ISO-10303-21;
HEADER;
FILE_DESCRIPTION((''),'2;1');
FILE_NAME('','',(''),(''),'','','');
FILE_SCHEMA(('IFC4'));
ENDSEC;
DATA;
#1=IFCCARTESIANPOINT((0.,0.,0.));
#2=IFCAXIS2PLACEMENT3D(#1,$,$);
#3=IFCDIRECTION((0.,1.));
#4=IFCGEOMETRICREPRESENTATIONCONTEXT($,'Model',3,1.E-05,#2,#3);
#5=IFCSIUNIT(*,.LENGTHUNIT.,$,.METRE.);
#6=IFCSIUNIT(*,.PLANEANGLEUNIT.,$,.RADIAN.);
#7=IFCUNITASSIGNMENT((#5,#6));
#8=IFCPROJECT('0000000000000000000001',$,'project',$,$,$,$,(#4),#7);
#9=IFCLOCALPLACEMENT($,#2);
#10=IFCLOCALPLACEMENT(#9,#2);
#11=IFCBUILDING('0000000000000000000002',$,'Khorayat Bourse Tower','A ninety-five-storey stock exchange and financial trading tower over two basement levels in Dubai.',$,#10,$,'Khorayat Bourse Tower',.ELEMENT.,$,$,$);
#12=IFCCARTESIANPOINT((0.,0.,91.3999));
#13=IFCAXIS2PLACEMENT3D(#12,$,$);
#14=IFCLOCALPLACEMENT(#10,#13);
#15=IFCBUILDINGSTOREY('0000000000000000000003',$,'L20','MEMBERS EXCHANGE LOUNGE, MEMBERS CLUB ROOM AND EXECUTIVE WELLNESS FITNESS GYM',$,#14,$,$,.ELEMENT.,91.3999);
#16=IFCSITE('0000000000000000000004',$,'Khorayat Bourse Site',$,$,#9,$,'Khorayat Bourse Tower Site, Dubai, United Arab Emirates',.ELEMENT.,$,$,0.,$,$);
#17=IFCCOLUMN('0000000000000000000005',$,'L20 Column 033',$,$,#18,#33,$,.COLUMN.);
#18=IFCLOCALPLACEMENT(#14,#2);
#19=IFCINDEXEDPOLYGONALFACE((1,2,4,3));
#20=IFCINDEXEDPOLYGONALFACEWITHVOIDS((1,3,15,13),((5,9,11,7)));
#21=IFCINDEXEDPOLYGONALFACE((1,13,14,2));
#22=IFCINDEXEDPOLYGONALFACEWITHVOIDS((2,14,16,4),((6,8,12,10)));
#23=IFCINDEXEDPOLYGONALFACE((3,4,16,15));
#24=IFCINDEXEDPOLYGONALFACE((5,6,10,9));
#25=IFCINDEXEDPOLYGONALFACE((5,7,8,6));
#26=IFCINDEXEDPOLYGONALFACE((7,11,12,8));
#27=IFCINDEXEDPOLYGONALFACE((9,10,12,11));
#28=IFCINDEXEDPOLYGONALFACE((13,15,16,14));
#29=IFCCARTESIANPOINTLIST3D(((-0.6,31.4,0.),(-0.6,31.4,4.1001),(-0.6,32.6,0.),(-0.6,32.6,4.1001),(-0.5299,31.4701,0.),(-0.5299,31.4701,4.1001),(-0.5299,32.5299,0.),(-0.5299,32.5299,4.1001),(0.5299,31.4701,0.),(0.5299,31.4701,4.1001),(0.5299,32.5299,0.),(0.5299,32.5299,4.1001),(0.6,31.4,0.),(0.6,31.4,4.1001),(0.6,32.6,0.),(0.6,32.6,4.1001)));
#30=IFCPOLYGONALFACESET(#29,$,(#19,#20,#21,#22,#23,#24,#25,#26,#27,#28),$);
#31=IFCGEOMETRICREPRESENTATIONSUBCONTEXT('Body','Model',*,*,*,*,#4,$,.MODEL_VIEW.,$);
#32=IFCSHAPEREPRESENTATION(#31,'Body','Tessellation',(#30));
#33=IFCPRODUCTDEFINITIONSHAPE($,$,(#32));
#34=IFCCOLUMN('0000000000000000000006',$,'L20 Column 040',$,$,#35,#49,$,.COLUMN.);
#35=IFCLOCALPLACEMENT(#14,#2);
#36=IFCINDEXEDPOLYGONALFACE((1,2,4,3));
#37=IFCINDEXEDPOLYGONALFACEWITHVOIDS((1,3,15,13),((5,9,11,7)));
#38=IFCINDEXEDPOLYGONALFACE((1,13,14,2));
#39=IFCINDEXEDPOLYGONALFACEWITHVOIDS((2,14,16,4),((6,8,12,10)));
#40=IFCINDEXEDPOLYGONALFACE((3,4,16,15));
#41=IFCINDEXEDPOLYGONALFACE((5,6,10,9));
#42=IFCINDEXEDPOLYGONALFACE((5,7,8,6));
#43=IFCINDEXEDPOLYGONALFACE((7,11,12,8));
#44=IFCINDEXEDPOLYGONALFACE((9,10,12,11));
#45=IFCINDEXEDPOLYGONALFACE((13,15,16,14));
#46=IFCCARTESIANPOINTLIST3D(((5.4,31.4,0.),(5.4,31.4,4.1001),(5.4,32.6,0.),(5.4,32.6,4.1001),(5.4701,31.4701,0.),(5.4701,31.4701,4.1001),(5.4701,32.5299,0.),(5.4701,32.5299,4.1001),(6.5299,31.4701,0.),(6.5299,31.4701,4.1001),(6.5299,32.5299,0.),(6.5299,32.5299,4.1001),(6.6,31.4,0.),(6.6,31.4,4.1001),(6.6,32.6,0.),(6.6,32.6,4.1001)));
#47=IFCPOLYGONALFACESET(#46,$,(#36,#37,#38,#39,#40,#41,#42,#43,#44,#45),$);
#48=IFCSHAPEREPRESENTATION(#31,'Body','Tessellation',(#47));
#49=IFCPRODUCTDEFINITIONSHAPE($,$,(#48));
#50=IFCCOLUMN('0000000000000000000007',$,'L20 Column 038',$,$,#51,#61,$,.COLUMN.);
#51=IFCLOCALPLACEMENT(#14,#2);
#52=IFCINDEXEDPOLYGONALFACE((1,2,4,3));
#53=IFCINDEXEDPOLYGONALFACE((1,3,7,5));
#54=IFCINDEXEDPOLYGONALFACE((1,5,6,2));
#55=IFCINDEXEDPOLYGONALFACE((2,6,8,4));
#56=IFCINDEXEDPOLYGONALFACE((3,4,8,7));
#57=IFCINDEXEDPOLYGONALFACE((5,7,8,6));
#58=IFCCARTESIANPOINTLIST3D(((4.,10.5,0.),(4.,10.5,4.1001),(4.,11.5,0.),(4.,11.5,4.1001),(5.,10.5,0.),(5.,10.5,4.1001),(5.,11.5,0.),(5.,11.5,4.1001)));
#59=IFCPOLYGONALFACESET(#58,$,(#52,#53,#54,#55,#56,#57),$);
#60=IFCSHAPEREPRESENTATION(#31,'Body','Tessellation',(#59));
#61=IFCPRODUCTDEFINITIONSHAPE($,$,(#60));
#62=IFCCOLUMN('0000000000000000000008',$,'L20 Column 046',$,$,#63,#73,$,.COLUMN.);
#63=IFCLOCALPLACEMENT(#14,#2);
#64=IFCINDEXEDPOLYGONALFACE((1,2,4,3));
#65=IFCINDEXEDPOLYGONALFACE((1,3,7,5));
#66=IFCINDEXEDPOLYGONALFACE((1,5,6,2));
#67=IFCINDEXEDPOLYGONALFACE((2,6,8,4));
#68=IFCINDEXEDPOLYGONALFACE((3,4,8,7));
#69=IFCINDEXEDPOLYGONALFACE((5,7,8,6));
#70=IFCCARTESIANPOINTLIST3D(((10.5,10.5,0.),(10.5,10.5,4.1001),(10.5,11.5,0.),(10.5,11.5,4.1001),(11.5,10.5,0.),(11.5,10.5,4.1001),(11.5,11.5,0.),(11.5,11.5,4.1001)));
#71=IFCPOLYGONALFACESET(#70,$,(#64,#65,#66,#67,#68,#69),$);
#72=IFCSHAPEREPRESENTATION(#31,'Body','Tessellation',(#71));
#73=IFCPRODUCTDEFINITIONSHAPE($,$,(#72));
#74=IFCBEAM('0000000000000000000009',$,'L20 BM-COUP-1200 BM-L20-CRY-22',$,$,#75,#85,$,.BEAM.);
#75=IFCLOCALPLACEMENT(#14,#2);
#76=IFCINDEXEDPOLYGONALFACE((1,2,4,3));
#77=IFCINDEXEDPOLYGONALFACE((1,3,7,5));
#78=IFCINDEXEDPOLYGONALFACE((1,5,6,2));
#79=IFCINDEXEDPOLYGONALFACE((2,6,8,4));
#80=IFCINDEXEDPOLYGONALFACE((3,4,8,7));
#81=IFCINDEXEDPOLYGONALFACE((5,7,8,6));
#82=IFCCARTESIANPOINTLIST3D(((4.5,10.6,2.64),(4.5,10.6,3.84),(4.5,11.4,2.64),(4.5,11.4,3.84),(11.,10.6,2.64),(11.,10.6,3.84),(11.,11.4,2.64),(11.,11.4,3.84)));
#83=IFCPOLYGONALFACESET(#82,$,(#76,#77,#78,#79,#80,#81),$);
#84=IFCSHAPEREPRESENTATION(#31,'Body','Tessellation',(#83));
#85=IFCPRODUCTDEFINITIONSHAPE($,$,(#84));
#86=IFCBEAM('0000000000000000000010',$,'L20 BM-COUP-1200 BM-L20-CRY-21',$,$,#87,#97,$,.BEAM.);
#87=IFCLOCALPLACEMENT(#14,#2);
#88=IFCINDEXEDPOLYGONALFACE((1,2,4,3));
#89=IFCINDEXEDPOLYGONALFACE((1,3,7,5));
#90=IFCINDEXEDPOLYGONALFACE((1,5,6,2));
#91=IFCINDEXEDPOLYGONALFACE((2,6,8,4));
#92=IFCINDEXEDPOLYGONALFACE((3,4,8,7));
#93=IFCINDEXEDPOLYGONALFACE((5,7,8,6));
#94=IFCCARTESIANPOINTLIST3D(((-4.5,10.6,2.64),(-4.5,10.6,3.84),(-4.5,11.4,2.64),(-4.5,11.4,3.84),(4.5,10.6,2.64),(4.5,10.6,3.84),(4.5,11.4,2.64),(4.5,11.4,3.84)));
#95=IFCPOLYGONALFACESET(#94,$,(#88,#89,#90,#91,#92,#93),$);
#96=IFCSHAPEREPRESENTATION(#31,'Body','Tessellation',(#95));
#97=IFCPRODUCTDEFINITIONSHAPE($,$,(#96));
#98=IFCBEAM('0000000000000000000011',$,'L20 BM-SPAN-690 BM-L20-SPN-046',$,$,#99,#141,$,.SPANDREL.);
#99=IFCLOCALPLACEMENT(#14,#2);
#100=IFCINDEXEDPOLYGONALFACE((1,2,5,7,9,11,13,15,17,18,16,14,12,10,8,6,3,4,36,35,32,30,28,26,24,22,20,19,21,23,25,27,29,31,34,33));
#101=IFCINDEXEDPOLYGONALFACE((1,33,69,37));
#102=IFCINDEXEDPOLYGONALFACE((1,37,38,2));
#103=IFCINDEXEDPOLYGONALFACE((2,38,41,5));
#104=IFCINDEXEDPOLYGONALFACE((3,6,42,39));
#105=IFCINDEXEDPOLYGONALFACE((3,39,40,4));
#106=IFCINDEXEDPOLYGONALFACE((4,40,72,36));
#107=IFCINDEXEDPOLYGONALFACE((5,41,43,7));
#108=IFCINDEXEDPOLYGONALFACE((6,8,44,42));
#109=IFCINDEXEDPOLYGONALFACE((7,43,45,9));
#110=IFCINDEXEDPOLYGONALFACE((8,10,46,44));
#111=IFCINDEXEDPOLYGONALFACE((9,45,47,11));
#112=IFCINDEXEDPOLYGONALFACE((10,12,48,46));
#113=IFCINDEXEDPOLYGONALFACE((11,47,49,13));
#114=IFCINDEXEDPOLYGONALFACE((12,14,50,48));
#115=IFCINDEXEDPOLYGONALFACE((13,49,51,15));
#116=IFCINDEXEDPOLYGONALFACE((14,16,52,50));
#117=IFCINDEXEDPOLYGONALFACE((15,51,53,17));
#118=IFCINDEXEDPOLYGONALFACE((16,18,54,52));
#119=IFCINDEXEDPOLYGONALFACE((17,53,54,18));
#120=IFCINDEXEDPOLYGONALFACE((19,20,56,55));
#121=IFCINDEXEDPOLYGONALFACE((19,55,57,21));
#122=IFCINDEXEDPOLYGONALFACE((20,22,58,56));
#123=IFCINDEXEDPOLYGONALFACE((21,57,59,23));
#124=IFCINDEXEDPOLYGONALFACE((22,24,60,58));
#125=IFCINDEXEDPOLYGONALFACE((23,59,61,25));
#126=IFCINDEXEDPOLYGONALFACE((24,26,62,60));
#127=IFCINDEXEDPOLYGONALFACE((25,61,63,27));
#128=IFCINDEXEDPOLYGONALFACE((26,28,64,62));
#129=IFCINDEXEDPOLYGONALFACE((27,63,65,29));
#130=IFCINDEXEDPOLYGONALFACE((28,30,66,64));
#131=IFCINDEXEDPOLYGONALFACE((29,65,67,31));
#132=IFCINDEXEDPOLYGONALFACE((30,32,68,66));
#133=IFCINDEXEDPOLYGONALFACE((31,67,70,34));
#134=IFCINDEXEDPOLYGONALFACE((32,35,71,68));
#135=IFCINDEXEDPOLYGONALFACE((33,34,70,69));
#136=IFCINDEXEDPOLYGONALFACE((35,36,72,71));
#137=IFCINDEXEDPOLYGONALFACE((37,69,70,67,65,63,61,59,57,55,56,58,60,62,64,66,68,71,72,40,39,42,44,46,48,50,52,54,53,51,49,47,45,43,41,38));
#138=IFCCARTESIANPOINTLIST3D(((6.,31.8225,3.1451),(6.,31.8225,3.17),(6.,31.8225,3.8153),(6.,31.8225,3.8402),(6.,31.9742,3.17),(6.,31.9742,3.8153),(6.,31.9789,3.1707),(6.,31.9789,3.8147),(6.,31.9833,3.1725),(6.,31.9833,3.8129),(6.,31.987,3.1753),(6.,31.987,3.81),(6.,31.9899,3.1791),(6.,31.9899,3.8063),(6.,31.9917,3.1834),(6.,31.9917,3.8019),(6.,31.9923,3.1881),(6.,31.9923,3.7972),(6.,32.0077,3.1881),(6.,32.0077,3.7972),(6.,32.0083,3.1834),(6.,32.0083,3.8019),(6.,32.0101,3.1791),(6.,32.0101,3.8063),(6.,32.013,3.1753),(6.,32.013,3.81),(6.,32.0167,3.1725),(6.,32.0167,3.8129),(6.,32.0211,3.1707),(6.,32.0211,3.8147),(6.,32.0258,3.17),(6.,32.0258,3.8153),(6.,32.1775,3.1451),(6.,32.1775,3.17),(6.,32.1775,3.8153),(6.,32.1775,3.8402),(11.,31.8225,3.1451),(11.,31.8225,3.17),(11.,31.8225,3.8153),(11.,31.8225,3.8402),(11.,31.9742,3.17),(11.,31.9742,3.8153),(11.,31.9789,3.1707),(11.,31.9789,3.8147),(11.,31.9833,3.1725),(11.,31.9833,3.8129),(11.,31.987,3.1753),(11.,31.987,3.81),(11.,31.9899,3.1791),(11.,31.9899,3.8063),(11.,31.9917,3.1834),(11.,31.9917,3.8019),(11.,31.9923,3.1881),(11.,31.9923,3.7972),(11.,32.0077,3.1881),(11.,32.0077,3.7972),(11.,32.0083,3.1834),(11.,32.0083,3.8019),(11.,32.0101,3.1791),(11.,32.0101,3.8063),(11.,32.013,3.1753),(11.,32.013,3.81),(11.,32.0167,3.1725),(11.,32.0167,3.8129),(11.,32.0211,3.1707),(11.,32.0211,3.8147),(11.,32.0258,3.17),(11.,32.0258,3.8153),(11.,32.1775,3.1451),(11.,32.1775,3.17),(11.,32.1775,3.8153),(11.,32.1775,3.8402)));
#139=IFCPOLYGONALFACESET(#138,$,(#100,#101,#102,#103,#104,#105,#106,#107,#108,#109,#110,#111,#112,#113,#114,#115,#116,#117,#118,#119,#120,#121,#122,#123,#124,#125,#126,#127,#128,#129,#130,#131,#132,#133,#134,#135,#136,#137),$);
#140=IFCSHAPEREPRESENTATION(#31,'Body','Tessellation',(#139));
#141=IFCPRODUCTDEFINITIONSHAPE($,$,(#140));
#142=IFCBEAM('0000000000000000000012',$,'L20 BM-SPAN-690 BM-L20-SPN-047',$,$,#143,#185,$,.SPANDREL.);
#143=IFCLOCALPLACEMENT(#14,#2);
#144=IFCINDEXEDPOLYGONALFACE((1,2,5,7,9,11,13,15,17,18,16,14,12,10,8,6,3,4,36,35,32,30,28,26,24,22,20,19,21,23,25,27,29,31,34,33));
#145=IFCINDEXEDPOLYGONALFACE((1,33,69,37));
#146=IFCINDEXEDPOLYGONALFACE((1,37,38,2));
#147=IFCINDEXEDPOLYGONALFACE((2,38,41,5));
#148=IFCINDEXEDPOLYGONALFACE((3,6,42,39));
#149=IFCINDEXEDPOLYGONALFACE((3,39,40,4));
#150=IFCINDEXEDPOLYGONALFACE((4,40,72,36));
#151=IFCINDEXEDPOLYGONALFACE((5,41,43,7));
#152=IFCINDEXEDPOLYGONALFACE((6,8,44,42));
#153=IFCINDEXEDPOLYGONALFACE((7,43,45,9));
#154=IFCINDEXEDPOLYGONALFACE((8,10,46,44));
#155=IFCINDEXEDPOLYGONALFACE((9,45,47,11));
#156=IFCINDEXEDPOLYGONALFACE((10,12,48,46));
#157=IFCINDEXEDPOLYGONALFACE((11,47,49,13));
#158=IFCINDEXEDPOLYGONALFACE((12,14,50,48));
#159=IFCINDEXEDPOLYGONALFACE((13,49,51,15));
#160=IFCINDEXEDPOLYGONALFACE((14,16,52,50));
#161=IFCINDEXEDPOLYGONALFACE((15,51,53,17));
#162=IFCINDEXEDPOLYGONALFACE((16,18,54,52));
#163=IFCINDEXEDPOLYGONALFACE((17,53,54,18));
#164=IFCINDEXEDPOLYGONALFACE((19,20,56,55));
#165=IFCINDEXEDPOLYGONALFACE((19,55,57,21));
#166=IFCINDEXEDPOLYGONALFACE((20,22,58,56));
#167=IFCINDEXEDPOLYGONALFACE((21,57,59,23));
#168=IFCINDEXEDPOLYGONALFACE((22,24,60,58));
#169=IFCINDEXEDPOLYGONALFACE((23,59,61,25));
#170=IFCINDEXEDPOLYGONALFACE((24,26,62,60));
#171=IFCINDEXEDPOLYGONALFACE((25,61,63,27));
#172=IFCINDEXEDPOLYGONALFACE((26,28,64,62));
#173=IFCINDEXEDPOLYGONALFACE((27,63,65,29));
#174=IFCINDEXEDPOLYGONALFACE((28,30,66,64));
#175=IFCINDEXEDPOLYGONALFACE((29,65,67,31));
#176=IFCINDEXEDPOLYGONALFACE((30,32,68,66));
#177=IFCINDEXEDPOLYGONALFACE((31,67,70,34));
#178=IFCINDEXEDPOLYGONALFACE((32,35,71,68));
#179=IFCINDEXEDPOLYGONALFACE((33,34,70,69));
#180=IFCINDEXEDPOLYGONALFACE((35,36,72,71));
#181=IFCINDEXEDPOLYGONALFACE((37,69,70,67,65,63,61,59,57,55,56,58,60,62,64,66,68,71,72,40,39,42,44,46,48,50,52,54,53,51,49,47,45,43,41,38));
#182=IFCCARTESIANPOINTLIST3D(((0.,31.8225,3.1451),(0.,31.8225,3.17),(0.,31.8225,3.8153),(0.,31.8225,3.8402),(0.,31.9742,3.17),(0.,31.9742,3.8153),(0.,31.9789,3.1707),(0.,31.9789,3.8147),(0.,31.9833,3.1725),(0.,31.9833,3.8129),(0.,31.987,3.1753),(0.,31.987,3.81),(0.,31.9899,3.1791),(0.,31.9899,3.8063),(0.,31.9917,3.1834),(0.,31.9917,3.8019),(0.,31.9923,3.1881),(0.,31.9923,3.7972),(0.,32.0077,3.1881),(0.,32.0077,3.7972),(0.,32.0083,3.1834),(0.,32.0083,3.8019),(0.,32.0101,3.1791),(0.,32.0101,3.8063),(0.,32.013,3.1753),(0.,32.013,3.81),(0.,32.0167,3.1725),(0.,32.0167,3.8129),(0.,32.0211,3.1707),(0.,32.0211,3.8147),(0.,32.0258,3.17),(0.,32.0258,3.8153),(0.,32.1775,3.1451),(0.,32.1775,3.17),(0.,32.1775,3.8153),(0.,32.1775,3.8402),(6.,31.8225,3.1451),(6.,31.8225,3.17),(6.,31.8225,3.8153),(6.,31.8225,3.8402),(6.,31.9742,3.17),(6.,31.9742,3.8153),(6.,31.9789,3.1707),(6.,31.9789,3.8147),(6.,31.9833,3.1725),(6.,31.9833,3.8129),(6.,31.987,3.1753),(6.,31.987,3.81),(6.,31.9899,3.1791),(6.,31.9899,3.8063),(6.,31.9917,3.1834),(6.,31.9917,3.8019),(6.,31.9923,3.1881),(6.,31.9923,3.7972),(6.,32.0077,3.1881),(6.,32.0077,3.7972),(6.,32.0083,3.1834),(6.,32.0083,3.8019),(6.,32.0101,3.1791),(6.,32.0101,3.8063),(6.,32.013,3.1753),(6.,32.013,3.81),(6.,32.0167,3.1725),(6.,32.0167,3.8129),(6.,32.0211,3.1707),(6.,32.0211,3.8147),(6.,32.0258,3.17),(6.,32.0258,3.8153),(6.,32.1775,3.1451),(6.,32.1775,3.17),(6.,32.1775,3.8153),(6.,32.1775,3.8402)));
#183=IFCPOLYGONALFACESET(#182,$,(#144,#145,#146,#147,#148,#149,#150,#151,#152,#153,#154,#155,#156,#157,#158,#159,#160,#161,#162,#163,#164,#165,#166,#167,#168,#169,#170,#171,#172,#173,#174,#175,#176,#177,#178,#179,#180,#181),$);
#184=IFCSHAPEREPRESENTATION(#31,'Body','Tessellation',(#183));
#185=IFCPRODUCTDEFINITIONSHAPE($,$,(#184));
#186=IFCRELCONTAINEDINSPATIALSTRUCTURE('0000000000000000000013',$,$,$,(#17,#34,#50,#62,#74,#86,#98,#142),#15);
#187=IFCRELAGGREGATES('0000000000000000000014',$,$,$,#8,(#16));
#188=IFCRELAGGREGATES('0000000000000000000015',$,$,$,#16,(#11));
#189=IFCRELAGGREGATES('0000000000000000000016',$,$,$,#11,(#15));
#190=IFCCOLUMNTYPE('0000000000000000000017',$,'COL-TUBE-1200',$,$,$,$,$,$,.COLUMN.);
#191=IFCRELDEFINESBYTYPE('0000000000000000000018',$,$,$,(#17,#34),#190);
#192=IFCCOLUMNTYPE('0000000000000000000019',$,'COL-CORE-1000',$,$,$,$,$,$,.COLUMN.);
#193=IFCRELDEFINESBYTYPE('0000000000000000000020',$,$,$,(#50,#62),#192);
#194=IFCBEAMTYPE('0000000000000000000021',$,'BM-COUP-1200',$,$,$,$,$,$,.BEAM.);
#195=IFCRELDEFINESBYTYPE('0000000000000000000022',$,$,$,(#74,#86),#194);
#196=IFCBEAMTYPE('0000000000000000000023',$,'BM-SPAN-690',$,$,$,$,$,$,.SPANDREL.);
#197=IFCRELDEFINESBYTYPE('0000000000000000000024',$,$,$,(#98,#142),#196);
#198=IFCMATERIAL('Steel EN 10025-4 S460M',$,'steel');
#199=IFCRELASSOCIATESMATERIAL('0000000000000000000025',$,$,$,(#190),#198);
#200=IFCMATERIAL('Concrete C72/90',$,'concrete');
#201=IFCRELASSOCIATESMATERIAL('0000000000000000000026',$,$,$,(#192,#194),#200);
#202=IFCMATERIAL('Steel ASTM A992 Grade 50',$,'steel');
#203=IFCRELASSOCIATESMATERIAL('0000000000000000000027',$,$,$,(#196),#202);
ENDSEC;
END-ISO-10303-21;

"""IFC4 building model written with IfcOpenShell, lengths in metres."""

from ifc_helpers import new_model, si_unit, direction, frame, origin, origin_2d, place, context, subcontext, project, spatial, rectangle, hollow_rectangle, i_section, extrude, source, transform, mapped, material, material_profile, profile_set, type_object, element, save


model = new_model("IFC4")

# Units and contexts
model_context = context("Model", 3, precision=1e-05, world=origin(), true_north=direction((0.0, 1.0)))
body_context = subcontext(model_context, "Body", "Model", "MODEL_VIEW")
ifc_project = project(units=[si_unit("LENGTHUNIT", "METRE"), si_unit("PLANEANGLEUNIT", "RADIAN")], contexts=[model_context])

# Site, building, storey
site_placement = place(None, origin())
site = spatial("IfcSite", under=ifc_project, at=site_placement, Name="Khorayat Bourse Site", LongName="Khorayat Bourse Tower Site, Dubai, United Arab Emirates", CompositionType="ELEMENT", RefElevation=0.0)
building_placement = place(site_placement, origin())
building = spatial("IfcBuilding", under=site, at=building_placement, Name="Khorayat Bourse Tower", Description="A ninety-five-storey stock exchange and financial trading tower over two basement levels in Dubai.", LongName="Khorayat Bourse Tower", CompositionType="ELEMENT")
storey_placement = place(building_placement, frame((0.0, 0.0, 91.3999)))
storey = spatial("IfcBuildingStorey", under=building, at=storey_placement, Name="L20", Description="MEMBERS EXCHANGE LOUNGE, MEMBERS CLUB ROOM AND EXECUTIVE WELLNESS FITNESS GYM", CompositionType="ELEMENT", Elevation=91.3999)

# Columns
ifc_material_1 = material(Name="Steel EN 10025-4 S460M", Category="steel")
ifc_material_profile_1 = material_profile(ifc_material_1, hollow_rectangle(XDim=1.2, YDim=1.2, WallThickness=0.0701, at=origin_2d()), Name="BOX 1200x1200x70")
ifc_profile_set_1 = profile_set([ifc_material_profile_1], Name="Steel EN 10025-4 S460M")
column_type_1 = type_object("IfcColumnType", Name="COL-TUBE-1200", PredefinedType="COLUMN", material=ifc_profile_set_1)
shared_shape_1 = source(origin(), body_context, "Body", "SweptSolid", [
    extrude(hollow_rectangle(XDim=1.2, YDim=1.2, WallThickness=0.0701, at=origin_2d()), origin(), (0.0, 0.0, 1.0), 4.1001),
])
for number, where, z_axis, x_axis, name in (
    (1, (0.0, 32.0, 0.0), (0.0, 0.0, 1.0), (1.0, 0.0, 0.0), "L20 Column 033"),
    (2, (6.0, 32.0, 0.0), (0.0, 0.0, 1.0), (1.0, 0.0, 0.0), "L20 Column 040"),
):
    element("IfcColumn", number, at=place(storey_placement, frame(where, z_axis=z_axis, x_axis=x_axis)), inside=storey, type_object=column_type_1, Name=name, PredefinedType="COLUMN", context=body_context, shape_type="MappedRepresentation", body=[
        mapped(shared_shape_1, transform((0.0, 0.0, 0.0), scale=1.0)),
    ])
ifc_material_2 = material(Name="Concrete C72/90", Category="concrete")
ifc_material_profile_2 = material_profile(ifc_material_2, rectangle(XDim=1.0, YDim=1.0, at=origin_2d()), Name="RC 1000x1000")
ifc_profile_set_2 = profile_set([ifc_material_profile_2], Name="Concrete C72/90")
column_type_2 = type_object("IfcColumnType", Name="COL-CORE-1000", PredefinedType="COLUMN", material=ifc_profile_set_2)
shared_shape_2 = source(origin(), body_context, "Body", "SweptSolid", [
    extrude(rectangle(XDim=1.0, YDim=1.0, at=origin_2d()), origin(), (0.0, 0.0, 1.0), 4.1001),
])
for number, where, z_axis, x_axis, name in (
    (3, (4.5, 11.0, 0.0), (0.0, 0.0, 1.0), (1.0, 0.0, 0.0), "L20 Column 038"),
    (4, (11.0, 11.0, 0.0), (0.0, 0.0, 1.0), (1.0, 0.0, 0.0), "L20 Column 046"),
):
    element("IfcColumn", number, at=place(storey_placement, frame(where, z_axis=z_axis, x_axis=x_axis)), inside=storey, type_object=column_type_2, Name=name, PredefinedType="COLUMN", context=body_context, shape_type="MappedRepresentation", body=[
        mapped(shared_shape_2, transform((0.0, 0.0, 0.0), scale=1.0)),
    ])

# Beams
ifc_material_profile_3 = material_profile(ifc_material_2, rectangle(XDim=0.8, YDim=1.2, at=origin_2d()), Name="RC 800x1200")
ifc_profile_set_3 = profile_set([ifc_material_profile_3], Name="Concrete C72/90")
beam_type_1 = type_object("IfcBeamType", Name="BM-COUP-1200", PredefinedType="BEAM", material=ifc_profile_set_3)
shared_shape_3 = source(origin(), body_context, "Body", "SweptSolid", [
    extrude(rectangle(XDim=0.8, YDim=1.2, at=origin_2d()), origin(), (0.0, 0.0, 1.0), 6.5),
])
beam_1_placement = place(storey_placement, frame((4.5, 11.0, 3.24), z_axis=(1.0, 0.0, 0.0), x_axis=(0.0, 1.0, 0.0)))
element("IfcBeam", 5, at=beam_1_placement, inside=storey, type_object=beam_type_1, Name="L20 BM-COUP-1200 BM-L20-CRY-22", PredefinedType="BEAM", context=body_context, shape_type="MappedRepresentation", body=[
    mapped(shared_shape_3, transform((0.0, 0.0, 0.0), scale=1.0)),
])
shared_shape_4 = source(origin(), body_context, "Body", "SweptSolid", [
    extrude(rectangle(XDim=0.8, YDim=1.2, at=origin_2d()), origin(), (0.0, 0.0, 1.0), 9.0),
])
beam_2_placement = place(storey_placement, frame((-4.5, 11.0, 3.24), z_axis=(1.0, 0.0, 0.0), x_axis=(0.0, 1.0, 0.0)))
element("IfcBeam", 6, at=beam_2_placement, inside=storey, type_object=beam_type_1, Name="L20 BM-COUP-1200 BM-L20-CRY-21", PredefinedType="BEAM", context=body_context, shape_type="MappedRepresentation", body=[
    mapped(shared_shape_4, transform((0.0, 0.0, 0.0), scale=1.0)),
])
ifc_material_3 = material(Name="Steel ASTM A992 Grade 50", Category="steel")
ifc_material_profile_4 = material_profile(ifc_material_3, i_section(OverallWidth=0.355, OverallDepth=0.6951, WebThickness=0.0154, FlangeThickness=0.0249, FilletRadius=0.0181, at=origin_2d()), Name="W690X217")
ifc_profile_set_4 = profile_set([ifc_material_profile_4], Name="Steel ASTM A992 Grade 50")
beam_type_2 = type_object("IfcBeamType", Name="BM-SPAN-690", PredefinedType="SPANDREL", material=ifc_profile_set_4)
shared_shape_5 = source(origin(), body_context, "Body", "SweptSolid", [
    extrude(i_section(OverallWidth=0.355, OverallDepth=0.6951, WebThickness=0.0154, FlangeThickness=0.0249, FilletRadius=0.0181, at=origin_2d()), origin(), (0.0, 0.0, 1.0), 5.0),
])
beam_3_placement = place(storey_placement, frame((6.0, 32.0, 3.4927), z_axis=(1.0, 0.0, 0.0), x_axis=(0.0, 1.0, 0.0)))
element("IfcBeam", 7, at=beam_3_placement, inside=storey, type_object=beam_type_2, Name="L20 BM-SPAN-690 BM-L20-SPN-046", PredefinedType="SPANDREL", context=body_context, shape_type="MappedRepresentation", body=[
    mapped(shared_shape_5, transform((0.0, 0.0, 0.0), scale=1.0)),
])
shared_shape_6 = source(origin(), body_context, "Body", "SweptSolid", [
    extrude(i_section(OverallWidth=0.355, OverallDepth=0.6951, WebThickness=0.0154, FlangeThickness=0.0249, FilletRadius=0.0181, at=origin_2d()), origin(), (0.0, 0.0, 1.0), 6.0),
])
beam_4_placement = place(storey_placement, frame((0.0, 32.0, 3.4927), z_axis=(1.0, 0.0, 0.0), x_axis=(0.0, 1.0, 0.0)))
element("IfcBeam", 8, at=beam_4_placement, inside=storey, type_object=beam_type_2, Name="L20 BM-SPAN-690 BM-L20-SPN-047", PredefinedType="SPANDREL", context=body_context, shape_type="MappedRepresentation", body=[
    mapped(shared_shape_6, transform((0.0, 0.0, 0.0), scale=1.0)),
])

save(model, "model.ifc")
